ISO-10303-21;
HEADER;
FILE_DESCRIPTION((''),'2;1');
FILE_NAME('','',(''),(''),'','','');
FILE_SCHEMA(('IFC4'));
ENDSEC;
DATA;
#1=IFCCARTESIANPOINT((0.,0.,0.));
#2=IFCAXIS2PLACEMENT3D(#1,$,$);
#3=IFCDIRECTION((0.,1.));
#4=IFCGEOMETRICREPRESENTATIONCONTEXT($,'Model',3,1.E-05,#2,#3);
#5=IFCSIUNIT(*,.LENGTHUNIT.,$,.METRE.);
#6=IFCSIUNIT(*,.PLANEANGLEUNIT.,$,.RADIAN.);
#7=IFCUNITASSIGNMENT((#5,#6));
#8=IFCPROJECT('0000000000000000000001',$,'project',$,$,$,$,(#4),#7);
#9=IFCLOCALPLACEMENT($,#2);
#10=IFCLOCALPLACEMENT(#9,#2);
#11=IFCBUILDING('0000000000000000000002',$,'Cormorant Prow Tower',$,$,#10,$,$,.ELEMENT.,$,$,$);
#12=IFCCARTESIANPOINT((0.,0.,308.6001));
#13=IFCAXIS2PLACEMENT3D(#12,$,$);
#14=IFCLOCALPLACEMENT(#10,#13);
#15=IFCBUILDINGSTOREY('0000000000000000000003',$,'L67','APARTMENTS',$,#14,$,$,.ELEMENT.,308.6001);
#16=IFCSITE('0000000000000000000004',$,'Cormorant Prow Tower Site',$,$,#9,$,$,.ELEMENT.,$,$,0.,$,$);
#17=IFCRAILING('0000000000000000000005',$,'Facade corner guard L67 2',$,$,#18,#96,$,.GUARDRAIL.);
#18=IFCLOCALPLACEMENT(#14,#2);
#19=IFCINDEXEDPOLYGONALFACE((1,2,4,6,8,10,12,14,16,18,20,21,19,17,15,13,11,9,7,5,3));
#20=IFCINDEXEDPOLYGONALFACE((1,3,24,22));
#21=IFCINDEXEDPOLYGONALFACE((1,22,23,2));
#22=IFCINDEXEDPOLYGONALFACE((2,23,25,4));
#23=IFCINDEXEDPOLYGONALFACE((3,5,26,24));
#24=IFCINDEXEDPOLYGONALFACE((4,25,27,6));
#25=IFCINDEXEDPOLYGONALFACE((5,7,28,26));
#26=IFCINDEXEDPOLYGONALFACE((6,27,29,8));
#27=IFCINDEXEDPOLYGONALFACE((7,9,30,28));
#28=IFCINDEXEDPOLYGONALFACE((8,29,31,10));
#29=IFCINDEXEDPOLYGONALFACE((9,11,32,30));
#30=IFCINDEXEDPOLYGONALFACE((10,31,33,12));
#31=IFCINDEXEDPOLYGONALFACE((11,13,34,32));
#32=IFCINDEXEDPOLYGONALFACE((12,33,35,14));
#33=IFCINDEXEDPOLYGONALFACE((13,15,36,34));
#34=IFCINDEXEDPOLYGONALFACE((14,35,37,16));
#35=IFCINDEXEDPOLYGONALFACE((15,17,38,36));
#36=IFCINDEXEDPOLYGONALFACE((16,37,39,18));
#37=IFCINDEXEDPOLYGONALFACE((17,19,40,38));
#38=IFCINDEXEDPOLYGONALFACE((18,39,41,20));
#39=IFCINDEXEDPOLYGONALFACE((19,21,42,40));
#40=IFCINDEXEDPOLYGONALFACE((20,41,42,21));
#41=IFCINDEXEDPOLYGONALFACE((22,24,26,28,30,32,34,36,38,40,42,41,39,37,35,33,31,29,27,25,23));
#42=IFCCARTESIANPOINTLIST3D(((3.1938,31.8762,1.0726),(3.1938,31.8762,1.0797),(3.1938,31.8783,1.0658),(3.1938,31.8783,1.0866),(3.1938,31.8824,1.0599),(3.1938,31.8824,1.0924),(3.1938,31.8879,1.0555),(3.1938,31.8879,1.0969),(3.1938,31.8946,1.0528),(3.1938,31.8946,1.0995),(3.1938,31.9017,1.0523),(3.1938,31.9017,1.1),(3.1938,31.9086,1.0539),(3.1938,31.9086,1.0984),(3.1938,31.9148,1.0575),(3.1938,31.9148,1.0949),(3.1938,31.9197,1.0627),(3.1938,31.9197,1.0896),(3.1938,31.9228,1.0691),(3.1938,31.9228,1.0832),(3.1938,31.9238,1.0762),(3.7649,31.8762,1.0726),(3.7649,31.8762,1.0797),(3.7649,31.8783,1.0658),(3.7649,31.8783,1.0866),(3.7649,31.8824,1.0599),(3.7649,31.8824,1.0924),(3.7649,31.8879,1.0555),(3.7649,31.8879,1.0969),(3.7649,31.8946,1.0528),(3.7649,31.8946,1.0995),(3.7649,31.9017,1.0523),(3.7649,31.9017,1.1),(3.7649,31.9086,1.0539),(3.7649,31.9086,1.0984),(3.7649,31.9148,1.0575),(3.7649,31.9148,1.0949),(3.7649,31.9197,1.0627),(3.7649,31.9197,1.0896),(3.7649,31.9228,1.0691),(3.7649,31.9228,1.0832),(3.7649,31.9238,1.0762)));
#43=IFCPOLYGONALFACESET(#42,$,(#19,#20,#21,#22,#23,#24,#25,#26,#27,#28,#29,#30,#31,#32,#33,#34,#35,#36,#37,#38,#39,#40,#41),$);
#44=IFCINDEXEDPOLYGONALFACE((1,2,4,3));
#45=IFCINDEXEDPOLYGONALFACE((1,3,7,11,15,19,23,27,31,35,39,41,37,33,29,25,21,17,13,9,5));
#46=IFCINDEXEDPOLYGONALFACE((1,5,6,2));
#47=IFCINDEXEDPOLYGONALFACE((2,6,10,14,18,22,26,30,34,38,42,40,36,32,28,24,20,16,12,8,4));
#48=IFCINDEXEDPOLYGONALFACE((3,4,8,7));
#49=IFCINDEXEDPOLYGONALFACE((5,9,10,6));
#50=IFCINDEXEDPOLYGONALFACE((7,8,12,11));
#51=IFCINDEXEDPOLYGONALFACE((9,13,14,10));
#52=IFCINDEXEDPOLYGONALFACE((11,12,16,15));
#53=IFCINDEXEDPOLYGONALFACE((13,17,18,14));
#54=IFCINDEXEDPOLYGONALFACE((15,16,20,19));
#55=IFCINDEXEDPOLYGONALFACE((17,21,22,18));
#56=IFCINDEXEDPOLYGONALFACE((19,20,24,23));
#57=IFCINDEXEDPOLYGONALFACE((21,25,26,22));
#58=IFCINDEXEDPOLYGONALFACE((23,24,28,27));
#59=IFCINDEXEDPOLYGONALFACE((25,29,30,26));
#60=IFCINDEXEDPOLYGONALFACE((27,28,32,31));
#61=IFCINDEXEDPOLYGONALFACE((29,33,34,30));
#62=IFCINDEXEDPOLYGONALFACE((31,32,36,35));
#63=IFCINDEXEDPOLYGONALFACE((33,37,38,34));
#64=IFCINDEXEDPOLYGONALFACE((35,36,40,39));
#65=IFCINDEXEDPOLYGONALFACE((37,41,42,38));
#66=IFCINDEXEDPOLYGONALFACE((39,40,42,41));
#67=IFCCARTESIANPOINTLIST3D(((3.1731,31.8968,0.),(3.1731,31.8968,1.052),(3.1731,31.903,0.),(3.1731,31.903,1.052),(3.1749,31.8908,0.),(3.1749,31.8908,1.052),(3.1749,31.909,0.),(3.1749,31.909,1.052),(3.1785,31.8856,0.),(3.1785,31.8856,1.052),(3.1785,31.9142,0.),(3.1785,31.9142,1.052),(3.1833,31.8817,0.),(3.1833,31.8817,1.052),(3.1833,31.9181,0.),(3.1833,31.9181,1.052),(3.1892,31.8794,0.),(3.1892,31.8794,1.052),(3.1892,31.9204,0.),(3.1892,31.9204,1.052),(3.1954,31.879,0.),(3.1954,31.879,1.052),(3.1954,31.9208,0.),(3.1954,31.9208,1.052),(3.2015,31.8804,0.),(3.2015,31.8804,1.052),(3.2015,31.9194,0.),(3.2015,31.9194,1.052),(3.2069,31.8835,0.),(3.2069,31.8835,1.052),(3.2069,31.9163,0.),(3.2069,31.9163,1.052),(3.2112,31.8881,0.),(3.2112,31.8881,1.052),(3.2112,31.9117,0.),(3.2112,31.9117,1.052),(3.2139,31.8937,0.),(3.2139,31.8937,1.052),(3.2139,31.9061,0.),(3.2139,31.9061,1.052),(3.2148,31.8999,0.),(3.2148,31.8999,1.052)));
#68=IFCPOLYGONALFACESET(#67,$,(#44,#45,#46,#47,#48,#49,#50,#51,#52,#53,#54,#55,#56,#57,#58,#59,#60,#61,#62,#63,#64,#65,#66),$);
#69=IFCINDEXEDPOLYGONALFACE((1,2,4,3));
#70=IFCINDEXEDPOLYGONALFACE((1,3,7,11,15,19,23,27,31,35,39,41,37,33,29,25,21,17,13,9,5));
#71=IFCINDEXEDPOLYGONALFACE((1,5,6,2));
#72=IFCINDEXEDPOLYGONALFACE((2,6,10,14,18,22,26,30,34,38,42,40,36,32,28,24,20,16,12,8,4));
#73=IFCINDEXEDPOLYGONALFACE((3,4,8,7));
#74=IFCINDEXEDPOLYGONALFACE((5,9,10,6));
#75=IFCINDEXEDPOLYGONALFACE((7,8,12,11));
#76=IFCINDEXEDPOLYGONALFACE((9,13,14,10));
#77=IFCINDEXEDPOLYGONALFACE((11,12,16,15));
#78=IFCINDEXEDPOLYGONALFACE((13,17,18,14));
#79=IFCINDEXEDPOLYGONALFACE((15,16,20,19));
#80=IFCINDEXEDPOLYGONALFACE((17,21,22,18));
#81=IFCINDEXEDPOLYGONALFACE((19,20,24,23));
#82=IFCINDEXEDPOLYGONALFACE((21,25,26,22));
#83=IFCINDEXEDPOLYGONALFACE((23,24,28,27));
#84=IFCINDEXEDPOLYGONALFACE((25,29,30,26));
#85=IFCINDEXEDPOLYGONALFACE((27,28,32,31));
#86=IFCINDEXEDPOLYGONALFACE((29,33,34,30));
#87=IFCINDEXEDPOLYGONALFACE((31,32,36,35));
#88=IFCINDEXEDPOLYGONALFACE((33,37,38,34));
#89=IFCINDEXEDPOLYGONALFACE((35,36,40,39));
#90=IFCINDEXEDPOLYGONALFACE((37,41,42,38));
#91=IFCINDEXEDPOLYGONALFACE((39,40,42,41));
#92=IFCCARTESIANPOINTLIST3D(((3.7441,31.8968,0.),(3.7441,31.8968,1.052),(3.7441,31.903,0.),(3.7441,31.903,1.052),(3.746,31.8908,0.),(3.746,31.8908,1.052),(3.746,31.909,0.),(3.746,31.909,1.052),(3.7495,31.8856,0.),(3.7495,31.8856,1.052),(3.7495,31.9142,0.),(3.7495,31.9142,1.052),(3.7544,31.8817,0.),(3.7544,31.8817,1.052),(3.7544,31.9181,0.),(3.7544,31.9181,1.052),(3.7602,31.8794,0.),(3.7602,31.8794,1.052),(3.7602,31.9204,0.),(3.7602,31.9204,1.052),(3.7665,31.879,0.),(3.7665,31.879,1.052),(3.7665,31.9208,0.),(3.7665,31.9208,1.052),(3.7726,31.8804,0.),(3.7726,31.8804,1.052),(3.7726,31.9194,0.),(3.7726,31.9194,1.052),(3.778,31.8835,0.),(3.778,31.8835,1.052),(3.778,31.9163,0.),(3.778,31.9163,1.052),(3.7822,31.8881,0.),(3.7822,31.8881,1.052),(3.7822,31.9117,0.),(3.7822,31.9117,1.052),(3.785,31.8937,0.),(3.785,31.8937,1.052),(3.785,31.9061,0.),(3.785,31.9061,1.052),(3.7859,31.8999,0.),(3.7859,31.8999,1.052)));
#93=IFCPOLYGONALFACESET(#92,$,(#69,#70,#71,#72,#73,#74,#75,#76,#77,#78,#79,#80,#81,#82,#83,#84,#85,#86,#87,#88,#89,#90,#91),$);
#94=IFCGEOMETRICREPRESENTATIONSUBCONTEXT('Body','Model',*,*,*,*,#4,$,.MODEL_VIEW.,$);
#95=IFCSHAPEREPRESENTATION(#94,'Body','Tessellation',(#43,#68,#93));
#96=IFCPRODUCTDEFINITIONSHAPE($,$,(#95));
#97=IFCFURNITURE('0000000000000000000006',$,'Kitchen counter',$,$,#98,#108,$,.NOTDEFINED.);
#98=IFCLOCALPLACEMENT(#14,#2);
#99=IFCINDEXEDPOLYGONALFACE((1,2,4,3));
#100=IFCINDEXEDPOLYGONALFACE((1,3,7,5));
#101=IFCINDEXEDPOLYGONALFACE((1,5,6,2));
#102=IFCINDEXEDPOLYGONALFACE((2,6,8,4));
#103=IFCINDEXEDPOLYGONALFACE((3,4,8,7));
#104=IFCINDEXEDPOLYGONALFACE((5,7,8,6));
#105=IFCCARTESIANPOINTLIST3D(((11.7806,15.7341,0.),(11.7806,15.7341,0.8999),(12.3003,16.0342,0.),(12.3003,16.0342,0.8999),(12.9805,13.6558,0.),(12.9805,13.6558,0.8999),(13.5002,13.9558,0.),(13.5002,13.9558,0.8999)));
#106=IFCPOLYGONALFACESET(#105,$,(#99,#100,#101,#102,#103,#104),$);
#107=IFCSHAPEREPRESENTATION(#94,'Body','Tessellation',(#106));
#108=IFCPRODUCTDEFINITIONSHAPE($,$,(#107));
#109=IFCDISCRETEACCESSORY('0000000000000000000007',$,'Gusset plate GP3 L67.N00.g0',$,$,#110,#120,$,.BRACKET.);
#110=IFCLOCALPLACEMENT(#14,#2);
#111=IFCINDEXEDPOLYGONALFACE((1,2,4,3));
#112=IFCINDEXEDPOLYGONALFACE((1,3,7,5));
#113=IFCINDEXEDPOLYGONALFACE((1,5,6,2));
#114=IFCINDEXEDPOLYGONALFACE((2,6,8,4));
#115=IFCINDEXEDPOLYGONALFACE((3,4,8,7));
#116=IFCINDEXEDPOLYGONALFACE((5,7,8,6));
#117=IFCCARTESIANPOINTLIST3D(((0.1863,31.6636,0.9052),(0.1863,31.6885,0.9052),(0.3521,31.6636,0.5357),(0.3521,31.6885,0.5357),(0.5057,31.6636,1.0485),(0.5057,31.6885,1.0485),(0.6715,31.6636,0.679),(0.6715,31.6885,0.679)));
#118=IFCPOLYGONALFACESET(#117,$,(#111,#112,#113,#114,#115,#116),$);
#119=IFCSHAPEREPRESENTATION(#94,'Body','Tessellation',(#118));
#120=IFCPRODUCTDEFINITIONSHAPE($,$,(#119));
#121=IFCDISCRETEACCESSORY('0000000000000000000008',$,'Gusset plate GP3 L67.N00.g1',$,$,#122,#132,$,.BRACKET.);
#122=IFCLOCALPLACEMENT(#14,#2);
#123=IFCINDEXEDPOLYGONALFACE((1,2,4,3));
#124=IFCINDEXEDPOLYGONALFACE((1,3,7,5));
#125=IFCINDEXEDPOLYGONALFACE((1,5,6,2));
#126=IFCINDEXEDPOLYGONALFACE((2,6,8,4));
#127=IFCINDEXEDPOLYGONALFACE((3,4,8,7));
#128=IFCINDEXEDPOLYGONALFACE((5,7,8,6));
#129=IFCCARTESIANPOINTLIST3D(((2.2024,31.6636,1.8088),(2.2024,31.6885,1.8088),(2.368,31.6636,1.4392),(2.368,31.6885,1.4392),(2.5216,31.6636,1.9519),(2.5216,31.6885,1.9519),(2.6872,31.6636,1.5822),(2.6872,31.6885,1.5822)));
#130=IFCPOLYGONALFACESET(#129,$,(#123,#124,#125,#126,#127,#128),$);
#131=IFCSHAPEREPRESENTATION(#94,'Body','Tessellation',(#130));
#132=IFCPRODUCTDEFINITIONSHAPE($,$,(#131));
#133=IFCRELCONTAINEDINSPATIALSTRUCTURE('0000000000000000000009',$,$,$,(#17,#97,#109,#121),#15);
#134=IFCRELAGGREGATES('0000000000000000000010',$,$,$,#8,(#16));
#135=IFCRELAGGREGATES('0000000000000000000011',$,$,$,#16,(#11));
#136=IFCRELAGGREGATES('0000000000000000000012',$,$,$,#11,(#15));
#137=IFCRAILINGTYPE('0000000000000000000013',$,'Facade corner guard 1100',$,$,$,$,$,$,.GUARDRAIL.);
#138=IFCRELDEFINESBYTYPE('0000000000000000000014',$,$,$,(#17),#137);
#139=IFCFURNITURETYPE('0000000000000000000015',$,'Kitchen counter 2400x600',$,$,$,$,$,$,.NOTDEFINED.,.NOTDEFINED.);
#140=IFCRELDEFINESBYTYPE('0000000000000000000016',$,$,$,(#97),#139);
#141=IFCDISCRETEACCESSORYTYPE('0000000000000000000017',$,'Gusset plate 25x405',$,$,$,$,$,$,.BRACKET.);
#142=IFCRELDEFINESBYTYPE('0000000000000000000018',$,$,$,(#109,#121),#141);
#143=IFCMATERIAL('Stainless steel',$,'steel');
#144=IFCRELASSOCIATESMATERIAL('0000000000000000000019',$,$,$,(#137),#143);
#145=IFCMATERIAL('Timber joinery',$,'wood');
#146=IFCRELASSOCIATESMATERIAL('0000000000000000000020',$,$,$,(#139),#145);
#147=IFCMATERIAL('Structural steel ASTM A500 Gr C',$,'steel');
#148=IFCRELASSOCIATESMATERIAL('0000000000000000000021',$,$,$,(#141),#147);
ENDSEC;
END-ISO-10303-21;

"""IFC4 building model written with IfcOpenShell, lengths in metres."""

from ifc_helpers import new_model, si_unit, direction, frame, origin, origin_2d, place, context, subcontext, project, spatial, rectangle, circle, extrude, material, material_profile, profile_set, type_object, element, save


model = new_model("IFC4")

# Units and contexts
model_context = context("Model", 3, precision=1e-05, world=origin(), true_north=direction((0.0, 1.0)))
body_context = subcontext(model_context, "Body", "Model", "MODEL_VIEW")
ifc_project = project(units=[si_unit("LENGTHUNIT", "METRE"), si_unit("PLANEANGLEUNIT", "RADIAN")], contexts=[model_context])

# Site, building, storey
site_placement = place(None, origin())
site = spatial("IfcSite", under=ifc_project, at=site_placement, Name="Cormorant Prow Tower Site", CompositionType="ELEMENT", RefElevation=0.0)
building_placement = place(site_placement, origin())
building = spatial("IfcBuilding", under=site, at=building_placement, Name="Cormorant Prow Tower", CompositionType="ELEMENT")
storey_placement = place(building_placement, frame((0.0, 0.0, 308.6001)))
storey = spatial("IfcBuildingStorey", under=building, at=storey_placement, Name="L67", Description="APARTMENTS", CompositionType="ELEMENT", Elevation=308.6001)

# Railing
ifc_material_1 = material(Name="Stainless steel", Category="steel")
railing_type = type_object("IfcRailingType", Name="Facade corner guard 1100", PredefinedType="GUARDRAIL", material=ifc_material_1)
railing_placement = place(storey_placement, frame((3.1938, 31.8999, 0.0)))
element("IfcRailing", 1, at=railing_placement, inside=storey, type_object=railing_type, Name="Facade corner guard L67 2", PredefinedType="GUARDRAIL", context=body_context, shape_type="SweptSolid", body=[
    extrude(circle(Radius=0.0239, at=origin_2d()), frame((0.0, 0.0, 1.0762), z_axis=(1.0, 0.0, 0.0), x_axis=(0.0, 1.0, 0.0)), (0.0, 0.0, 1.0), 0.571),
    extrude(circle(Radius=0.021, at=origin_2d()), origin(), (0.0, 0.0, 1.0), 1.052),
    extrude(circle(Radius=0.021, at=origin_2d()), frame((0.571, 0.0, 0.0)), (0.0, 0.0, 1.0), 1.052),
])

# Furniture
ifc_material_2 = material(Name="Timber joinery", Category="wood")
furniture_type = type_object("IfcFurnitureType", Name="Kitchen counter 2400x600", AssemblyPlace="NOTDEFINED", PredefinedType="NOTDEFINED", material=ifc_material_2)
furniture_placement = place(storey_placement, frame((12.6404, 14.845, 0.0), z_axis=(0.0, 0.0, 1.0), x_axis=(-0.5, 0.866025, 0.0)))
element("IfcFurniture", 2, at=furniture_placement, inside=storey, type_object=furniture_type, Name="Kitchen counter", PredefinedType="NOTDEFINED", context=body_context, shape_type="SweptSolid", body=[
    extrude(rectangle(XDim=2.3999, YDim=0.6001, at=origin_2d()), origin(), (0.0, 0.0, 1.0), 0.8999),
])

# Discrete accessories
ifc_material_3 = material(Name="Structural steel ASTM A500 Gr C", Category="steel")
ifc_material_profile_1 = material_profile(ifc_material_3, rectangle(XDim=0.0249, YDim=0.405, at=origin_2d()), Name="Gusset plate 25x405")
ifc_profile_set_1 = profile_set([ifc_material_profile_1], Name="Structural steel ASTM A500 Gr C")
discrete_accessory_type = type_object("IfcDiscreteAccessoryType", Name="Gusset plate 25x405", PredefinedType="BRACKET", material=ifc_profile_set_1)
discrete_accessory_1_placement = place(storey_placement, frame((0.5886, 31.676, 0.8638), z_axis=(-0.912339, 0.0, -0.409436), x_axis=(0.0, -1.0, 0.0)))
element("IfcDiscreteAccessory", 3, at=discrete_accessory_1_placement, inside=storey, type_object=discrete_accessory_type, Name="Gusset plate GP3 L67.N00.g0", PredefinedType="BRACKET", context=body_context, shape_type="SweptSolid", body=[
    extrude(rectangle(XDim=0.0249, YDim=0.405, at=origin_2d()), origin(), (0.0, 0.0, 1.0), 0.3501),
])
discrete_accessory_2_placement = place(storey_placement, frame((2.2852, 31.676, 1.624), z_axis=(0.912599, 0.0, 0.408856), x_axis=(0.0, 1.0, 0.0)))
element("IfcDiscreteAccessory", 4, at=discrete_accessory_2_placement, inside=storey, type_object=discrete_accessory_type, Name="Gusset plate GP3 L67.N00.g1", PredefinedType="BRACKET", context=body_context, shape_type="SweptSolid", body=[
    extrude(rectangle(XDim=0.0249, YDim=0.405, at=origin_2d()), origin(), (0.0, 0.0, 1.0), 0.3499),
])

save(model, "model.ifc")
